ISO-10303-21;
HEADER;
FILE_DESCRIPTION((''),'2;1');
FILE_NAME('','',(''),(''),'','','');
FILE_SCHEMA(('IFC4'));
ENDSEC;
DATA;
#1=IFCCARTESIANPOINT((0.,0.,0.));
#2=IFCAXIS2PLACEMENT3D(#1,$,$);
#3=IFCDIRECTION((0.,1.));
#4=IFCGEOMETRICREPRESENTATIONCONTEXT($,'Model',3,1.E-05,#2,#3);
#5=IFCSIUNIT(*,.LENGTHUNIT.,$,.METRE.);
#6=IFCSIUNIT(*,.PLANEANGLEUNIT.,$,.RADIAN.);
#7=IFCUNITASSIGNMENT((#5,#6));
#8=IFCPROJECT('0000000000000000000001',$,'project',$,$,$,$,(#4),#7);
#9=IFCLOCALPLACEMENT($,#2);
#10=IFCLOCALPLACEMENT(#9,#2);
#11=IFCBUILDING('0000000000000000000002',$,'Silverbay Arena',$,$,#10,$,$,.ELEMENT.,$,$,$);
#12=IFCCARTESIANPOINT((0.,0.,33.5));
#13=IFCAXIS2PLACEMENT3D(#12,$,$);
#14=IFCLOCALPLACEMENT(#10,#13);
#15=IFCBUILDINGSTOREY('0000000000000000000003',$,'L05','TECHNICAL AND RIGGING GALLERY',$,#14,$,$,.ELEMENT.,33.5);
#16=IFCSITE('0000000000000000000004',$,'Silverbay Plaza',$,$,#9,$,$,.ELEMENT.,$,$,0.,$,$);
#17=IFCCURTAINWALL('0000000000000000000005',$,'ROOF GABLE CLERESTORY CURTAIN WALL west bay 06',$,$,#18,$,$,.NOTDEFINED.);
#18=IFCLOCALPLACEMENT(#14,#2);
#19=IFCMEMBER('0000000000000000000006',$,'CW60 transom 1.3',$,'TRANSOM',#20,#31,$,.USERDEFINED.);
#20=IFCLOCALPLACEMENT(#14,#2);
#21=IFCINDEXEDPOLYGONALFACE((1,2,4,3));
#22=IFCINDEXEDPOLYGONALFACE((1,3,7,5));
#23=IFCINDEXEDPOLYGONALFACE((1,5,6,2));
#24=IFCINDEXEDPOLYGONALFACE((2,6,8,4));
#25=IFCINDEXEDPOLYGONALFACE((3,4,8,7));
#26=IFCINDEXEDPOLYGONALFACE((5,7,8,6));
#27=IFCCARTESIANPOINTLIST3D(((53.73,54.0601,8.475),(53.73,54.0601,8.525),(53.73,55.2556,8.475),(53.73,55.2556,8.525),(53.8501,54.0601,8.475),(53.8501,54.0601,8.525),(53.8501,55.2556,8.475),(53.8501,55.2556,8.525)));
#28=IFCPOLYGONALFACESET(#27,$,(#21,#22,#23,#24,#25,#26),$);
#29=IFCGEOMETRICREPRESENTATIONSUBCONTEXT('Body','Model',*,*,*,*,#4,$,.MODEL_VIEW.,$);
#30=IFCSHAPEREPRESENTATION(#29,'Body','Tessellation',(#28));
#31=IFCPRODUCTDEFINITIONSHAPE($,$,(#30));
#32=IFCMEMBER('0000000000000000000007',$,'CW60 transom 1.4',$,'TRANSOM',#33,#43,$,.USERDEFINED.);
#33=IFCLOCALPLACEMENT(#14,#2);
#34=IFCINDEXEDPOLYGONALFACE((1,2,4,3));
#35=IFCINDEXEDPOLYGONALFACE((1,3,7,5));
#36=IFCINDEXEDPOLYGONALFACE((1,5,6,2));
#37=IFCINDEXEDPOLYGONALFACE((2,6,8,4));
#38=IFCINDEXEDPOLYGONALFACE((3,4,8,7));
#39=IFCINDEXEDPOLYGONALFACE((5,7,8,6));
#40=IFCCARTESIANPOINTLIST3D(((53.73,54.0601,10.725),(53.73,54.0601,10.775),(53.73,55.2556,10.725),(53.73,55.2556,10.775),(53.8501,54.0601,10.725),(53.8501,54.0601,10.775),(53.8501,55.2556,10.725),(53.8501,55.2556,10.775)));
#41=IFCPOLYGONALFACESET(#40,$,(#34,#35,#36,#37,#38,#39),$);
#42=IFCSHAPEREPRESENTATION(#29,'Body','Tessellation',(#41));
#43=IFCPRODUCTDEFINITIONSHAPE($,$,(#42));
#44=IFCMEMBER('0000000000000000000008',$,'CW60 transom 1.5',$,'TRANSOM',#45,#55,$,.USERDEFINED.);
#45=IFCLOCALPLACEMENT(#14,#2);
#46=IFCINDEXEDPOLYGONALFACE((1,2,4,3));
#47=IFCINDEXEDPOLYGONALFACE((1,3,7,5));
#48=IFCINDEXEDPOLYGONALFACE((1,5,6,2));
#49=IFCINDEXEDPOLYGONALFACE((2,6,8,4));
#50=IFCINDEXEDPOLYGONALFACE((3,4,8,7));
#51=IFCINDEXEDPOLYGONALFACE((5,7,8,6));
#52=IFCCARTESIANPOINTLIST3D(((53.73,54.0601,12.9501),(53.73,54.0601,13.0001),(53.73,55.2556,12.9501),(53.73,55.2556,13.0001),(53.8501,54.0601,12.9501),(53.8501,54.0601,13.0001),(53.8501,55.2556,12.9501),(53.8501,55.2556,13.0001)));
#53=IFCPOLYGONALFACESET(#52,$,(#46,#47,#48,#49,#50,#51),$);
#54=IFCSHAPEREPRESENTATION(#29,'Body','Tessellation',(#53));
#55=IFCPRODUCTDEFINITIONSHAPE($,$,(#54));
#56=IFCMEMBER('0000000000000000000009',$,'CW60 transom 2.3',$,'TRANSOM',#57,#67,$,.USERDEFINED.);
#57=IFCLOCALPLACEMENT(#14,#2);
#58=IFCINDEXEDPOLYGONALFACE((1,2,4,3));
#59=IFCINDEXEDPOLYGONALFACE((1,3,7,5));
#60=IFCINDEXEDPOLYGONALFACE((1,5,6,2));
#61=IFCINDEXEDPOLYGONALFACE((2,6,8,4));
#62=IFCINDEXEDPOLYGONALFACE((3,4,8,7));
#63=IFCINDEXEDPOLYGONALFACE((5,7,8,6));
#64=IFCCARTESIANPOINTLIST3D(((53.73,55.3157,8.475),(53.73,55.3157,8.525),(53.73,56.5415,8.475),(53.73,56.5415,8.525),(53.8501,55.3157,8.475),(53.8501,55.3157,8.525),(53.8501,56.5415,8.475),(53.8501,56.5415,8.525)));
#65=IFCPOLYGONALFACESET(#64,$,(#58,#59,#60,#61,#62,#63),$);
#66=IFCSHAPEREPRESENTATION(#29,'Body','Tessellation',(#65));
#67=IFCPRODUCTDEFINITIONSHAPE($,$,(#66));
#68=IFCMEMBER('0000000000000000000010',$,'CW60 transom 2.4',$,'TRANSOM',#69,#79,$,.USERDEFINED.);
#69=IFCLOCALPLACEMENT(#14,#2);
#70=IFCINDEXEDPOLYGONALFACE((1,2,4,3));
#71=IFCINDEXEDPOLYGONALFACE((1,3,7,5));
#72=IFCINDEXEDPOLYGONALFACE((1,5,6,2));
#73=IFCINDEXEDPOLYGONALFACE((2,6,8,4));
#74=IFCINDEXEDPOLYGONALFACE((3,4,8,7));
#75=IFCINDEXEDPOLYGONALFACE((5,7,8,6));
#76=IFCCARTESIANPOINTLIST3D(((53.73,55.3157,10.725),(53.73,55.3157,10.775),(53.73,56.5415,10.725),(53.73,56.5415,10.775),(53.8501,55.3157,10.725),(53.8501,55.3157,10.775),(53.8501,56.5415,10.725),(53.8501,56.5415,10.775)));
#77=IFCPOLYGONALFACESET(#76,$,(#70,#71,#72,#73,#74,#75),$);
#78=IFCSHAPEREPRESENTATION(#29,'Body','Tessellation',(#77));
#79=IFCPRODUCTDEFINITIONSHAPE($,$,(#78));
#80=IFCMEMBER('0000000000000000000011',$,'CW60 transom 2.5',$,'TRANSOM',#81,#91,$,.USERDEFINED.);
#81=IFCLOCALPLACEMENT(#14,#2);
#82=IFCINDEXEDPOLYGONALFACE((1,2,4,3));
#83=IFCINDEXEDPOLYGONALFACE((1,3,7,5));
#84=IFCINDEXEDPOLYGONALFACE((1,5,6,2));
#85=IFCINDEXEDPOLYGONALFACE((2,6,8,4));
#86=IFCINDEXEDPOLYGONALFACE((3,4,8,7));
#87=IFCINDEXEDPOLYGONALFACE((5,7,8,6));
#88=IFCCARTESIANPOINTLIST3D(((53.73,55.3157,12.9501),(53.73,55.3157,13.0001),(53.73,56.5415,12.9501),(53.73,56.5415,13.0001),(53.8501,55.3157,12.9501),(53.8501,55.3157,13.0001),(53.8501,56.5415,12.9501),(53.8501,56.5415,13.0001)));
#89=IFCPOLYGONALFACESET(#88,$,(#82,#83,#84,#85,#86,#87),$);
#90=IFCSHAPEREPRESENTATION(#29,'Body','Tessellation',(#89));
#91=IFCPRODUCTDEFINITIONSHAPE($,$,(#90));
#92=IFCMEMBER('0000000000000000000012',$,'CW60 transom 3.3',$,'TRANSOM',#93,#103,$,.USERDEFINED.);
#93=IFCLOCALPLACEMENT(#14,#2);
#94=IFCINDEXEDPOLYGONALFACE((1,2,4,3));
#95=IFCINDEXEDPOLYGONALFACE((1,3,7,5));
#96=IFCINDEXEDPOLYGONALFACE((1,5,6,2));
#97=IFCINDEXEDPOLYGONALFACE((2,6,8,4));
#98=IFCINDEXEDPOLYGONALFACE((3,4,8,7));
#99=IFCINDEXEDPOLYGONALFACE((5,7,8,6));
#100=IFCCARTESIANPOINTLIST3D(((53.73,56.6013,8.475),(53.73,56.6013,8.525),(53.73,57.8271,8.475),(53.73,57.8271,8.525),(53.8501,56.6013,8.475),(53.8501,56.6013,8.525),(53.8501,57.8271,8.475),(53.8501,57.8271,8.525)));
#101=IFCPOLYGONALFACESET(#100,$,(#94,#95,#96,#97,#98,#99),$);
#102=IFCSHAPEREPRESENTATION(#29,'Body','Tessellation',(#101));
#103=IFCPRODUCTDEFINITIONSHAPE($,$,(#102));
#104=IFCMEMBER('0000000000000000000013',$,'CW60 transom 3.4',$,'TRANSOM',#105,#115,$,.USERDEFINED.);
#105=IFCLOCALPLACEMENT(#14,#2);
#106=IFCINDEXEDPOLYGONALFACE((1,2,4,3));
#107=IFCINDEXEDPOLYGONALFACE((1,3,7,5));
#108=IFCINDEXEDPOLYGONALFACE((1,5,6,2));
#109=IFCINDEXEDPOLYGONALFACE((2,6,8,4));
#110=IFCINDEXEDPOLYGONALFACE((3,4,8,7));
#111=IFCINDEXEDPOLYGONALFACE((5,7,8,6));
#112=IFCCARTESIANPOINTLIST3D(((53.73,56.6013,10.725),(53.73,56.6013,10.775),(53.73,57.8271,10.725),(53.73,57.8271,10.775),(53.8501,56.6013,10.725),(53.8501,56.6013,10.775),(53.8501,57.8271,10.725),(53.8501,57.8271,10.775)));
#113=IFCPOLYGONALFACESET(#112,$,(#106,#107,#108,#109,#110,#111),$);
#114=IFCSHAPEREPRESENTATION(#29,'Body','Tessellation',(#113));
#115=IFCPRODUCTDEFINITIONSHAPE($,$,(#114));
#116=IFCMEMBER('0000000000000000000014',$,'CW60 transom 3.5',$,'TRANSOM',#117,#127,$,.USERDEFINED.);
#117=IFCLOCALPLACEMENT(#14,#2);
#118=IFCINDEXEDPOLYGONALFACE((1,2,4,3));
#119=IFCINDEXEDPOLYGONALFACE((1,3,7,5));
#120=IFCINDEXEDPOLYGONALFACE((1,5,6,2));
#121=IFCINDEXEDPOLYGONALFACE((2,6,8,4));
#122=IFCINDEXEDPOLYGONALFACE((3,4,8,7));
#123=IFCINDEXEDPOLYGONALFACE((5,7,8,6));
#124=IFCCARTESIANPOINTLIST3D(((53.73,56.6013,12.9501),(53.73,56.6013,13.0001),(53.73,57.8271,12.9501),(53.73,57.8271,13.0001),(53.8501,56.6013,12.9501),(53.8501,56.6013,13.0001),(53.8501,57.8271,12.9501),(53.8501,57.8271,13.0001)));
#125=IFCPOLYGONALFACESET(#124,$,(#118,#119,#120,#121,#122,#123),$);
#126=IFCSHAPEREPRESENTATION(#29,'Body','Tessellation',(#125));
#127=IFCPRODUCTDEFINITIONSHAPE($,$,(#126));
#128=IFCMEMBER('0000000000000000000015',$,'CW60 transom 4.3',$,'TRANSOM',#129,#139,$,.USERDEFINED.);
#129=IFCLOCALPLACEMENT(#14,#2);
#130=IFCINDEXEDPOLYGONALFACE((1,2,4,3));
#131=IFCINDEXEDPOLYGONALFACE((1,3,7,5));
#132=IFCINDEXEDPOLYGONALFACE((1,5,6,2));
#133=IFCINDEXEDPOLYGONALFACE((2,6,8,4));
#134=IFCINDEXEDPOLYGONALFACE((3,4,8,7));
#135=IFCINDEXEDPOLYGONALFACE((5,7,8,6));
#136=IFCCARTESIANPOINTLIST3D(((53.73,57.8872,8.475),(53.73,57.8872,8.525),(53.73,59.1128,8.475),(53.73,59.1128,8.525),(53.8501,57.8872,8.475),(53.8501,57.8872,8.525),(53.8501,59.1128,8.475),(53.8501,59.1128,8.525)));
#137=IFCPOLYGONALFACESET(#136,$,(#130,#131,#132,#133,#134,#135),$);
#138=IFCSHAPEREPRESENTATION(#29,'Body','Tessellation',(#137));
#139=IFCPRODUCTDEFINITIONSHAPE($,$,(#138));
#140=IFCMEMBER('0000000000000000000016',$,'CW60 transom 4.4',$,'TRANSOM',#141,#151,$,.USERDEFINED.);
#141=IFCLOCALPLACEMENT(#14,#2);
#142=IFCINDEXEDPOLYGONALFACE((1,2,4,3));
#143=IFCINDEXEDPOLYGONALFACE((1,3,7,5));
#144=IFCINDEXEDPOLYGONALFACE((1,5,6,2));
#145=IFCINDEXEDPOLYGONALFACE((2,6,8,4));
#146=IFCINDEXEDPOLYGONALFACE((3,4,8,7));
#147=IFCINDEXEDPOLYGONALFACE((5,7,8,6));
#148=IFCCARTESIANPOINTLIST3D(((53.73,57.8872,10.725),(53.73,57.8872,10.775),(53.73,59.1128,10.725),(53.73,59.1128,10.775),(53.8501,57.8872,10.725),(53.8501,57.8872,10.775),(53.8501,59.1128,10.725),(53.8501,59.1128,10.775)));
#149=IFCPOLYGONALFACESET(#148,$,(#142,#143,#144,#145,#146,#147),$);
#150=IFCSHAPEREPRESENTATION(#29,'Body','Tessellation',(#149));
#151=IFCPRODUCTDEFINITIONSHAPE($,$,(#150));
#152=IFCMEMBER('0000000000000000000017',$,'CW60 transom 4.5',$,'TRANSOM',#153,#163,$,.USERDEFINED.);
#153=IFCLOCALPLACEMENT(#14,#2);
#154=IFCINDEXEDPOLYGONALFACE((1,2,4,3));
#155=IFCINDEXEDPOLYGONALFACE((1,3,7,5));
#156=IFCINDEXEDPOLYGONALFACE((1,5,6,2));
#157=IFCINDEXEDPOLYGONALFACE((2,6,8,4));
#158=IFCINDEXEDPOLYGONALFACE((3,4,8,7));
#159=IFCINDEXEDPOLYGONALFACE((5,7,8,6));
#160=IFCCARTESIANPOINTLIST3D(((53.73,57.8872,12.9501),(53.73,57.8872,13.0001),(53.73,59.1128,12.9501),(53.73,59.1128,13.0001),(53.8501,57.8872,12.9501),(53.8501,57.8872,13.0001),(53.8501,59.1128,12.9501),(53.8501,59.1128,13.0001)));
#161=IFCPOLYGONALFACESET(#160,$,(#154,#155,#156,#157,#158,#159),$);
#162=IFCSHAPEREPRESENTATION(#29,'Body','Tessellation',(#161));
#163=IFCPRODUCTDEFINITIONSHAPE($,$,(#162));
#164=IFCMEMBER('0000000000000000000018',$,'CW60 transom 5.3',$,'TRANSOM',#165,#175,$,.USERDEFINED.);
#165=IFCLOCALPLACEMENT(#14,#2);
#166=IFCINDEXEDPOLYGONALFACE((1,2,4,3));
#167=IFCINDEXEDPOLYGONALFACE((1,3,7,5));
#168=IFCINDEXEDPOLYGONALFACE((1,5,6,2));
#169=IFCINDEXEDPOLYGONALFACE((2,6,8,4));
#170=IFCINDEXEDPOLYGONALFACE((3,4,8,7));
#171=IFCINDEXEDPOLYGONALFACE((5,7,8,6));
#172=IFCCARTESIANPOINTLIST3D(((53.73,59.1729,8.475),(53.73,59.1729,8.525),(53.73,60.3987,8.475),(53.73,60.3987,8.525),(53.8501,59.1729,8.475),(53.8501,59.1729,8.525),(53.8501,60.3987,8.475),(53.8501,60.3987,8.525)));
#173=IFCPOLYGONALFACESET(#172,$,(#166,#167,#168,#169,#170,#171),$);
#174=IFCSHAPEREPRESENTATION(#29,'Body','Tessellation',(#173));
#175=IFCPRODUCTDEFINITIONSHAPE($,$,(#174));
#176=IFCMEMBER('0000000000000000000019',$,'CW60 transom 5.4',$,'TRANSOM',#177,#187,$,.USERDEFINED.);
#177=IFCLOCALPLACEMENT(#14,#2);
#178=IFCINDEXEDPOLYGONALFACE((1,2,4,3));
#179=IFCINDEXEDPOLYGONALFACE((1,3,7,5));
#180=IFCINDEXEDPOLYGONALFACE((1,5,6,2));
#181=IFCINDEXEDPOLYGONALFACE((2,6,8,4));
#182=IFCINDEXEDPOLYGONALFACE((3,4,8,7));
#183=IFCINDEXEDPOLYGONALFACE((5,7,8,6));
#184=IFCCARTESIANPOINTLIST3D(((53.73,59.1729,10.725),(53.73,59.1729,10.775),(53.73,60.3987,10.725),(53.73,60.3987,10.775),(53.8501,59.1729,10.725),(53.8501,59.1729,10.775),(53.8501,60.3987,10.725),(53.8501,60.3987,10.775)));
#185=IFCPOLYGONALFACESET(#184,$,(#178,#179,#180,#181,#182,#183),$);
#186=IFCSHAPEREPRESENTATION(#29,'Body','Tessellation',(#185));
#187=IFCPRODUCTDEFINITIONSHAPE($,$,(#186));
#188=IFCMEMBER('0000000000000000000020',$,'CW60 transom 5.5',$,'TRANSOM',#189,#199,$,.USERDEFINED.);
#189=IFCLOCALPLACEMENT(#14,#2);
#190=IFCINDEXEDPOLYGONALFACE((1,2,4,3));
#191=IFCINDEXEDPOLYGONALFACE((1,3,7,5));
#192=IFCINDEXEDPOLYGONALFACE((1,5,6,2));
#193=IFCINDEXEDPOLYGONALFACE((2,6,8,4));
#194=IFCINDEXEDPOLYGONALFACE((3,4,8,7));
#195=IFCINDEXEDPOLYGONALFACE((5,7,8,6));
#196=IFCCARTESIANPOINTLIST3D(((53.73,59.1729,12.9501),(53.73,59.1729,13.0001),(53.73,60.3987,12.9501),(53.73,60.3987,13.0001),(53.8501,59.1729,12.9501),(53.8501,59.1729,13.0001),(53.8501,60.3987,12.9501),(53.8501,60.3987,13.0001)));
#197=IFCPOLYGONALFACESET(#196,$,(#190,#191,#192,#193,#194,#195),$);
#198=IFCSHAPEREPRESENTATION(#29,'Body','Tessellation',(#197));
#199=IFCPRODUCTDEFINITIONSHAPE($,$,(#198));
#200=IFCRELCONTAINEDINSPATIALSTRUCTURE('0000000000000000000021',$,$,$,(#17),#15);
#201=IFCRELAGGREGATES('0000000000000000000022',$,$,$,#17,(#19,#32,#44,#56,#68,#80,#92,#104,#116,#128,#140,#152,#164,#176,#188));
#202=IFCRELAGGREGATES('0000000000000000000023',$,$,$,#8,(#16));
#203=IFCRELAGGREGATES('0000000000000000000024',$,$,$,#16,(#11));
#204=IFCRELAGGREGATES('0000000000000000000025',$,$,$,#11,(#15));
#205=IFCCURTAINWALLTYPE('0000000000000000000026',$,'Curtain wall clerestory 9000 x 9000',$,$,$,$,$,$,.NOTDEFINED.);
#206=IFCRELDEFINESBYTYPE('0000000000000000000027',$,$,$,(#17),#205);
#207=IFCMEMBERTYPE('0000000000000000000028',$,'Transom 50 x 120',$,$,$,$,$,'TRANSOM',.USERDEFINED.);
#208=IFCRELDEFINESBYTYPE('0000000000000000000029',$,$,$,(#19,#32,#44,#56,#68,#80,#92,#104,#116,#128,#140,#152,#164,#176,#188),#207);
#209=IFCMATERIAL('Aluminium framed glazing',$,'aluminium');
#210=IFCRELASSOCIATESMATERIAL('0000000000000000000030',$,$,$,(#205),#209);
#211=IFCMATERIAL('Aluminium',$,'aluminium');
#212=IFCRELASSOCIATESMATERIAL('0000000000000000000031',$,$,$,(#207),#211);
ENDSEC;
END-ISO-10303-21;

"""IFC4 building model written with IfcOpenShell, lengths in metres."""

from ifc_helpers import new_model, si_unit, direction, frame, origin, origin_2d, place, context, subcontext, project, spatial, rectangle, extrude, material, material_profile, profile_set, type_object, element, aggregate, save


model = new_model("IFC4")

# Units and contexts
model_context = context("Model", 3, precision=1e-05, world=origin(), true_north=direction((0.0, 1.0)))
body_context = subcontext(model_context, "Body", "Model", "MODEL_VIEW")
ifc_project = project(units=[si_unit("LENGTHUNIT", "METRE"), si_unit("PLANEANGLEUNIT", "RADIAN")], contexts=[model_context])

# Site, building, storey
site_placement = place(None, origin())
site = spatial("IfcSite", under=ifc_project, at=site_placement, Name="Silverbay Plaza", CompositionType="ELEMENT", RefElevation=0.0)
building_placement = place(site_placement, origin())
building = spatial("IfcBuilding", under=site, at=building_placement, Name="Silverbay Arena", CompositionType="ELEMENT")
storey_placement = place(building_placement, frame((0.0, 0.0, 33.5)))
storey = spatial("IfcBuildingStorey", under=building, at=storey_placement, Name="L05", Description="TECHNICAL AND RIGGING GALLERY", CompositionType="ELEMENT", Elevation=33.5)

# Curtain wall, members
ifc_material_1 = material(Name="Aluminium framed glazing", Category="aluminium")
curtain_wall_type = type_object("IfcCurtainWallType", Name="Curtain wall clerestory 9000 x 9000", PredefinedType="NOTDEFINED", material=ifc_material_1)
ifc_material_2 = material(Name="Aluminium", Category="aluminium")
ifc_material_profile_1 = material_profile(ifc_material_2, rectangle(XDim=0.1201, YDim=0.05, at=origin_2d()), Name="Transom 50 x 120")
ifc_profile_set_1 = profile_set([ifc_material_profile_1], Name="Aluminium")
member_type_1 = type_object("IfcMemberType", Name="Transom 50 x 120", ElementType="TRANSOM", PredefinedType="USERDEFINED", material=ifc_profile_set_1)
curtain_wall_1_placement = place(storey_placement, origin())
curtain_wall_1 = element("IfcCurtainWall", 1, at=curtain_wall_1_placement, inside=storey, type_object=curtain_wall_type, Name="ROOF GABLE CLERESTORY CURTAIN WALL west bay 06", PredefinedType="NOTDEFINED")
member_1_placement = place(storey_placement, frame((53.79, 54.0601, 8.5), z_axis=(0.0, 1.0, 0.0), x_axis=(-1.0, 0.0, 0.0)))
member_1 = element("IfcMember", 2, at=member_1_placement, type_object=member_type_1, Name="CW60 transom 1.3", ObjectType="TRANSOM", PredefinedType="USERDEFINED", context=body_context, shape_type="SweptSolid", body=[
    extrude(rectangle(XDim=0.1201, YDim=0.05, at=origin_2d()), origin(), (0.0, 0.0, 1.0), 1.1956),
])
member_2_placement = place(storey_placement, frame((53.79, 54.0601, 10.75), z_axis=(0.0, 1.0, 0.0), x_axis=(-1.0, 0.0, 0.0)))
member_2 = element("IfcMember", 3, at=member_2_placement, type_object=member_type_1, Name="CW60 transom 1.4", ObjectType="TRANSOM", PredefinedType="USERDEFINED", context=body_context, shape_type="SweptSolid", body=[
    extrude(rectangle(XDim=0.1201, YDim=0.05, at=origin_2d()), origin(), (0.0, 0.0, 1.0), 1.1956),
])
member_3_placement = place(storey_placement, frame((53.79, 54.0601, 12.9751), z_axis=(0.0, 1.0, 0.0), x_axis=(-1.0, 0.0, 0.0)))
member_3 = element("IfcMember", 4, at=member_3_placement, type_object=member_type_1, Name="CW60 transom 1.5", ObjectType="TRANSOM", PredefinedType="USERDEFINED", context=body_context, shape_type="SweptSolid", body=[
    extrude(rectangle(XDim=0.1201, YDim=0.05, at=origin_2d()), origin(), (0.0, 0.0, 1.0), 1.1956),
])
member_4_placement = place(storey_placement, frame((53.79, 55.3157, 8.5), z_axis=(0.0, 1.0, 0.0), x_axis=(-1.0, 0.0, 0.0)))
member_4 = element("IfcMember", 5, at=member_4_placement, type_object=member_type_1, Name="CW60 transom 2.3", ObjectType="TRANSOM", PredefinedType="USERDEFINED", context=body_context, shape_type="SweptSolid", body=[
    extrude(rectangle(XDim=0.1201, YDim=0.05, at=origin_2d()), origin(), (0.0, 0.0, 1.0), 1.2258),
])
member_5_placement = place(storey_placement, frame((53.79, 55.3157, 10.75), z_axis=(0.0, 1.0, 0.0), x_axis=(-1.0, 0.0, 0.0)))
member_5 = element("IfcMember", 6, at=member_5_placement, type_object=member_type_1, Name="CW60 transom 2.4", ObjectType="TRANSOM", PredefinedType="USERDEFINED", context=body_context, shape_type="SweptSolid", body=[
    extrude(rectangle(XDim=0.1201, YDim=0.05, at=origin_2d()), origin(), (0.0, 0.0, 1.0), 1.2258),
])
member_6_placement = place(storey_placement, frame((53.79, 55.3157, 12.9751), z_axis=(0.0, 1.0, 0.0), x_axis=(-1.0, 0.0, 0.0)))
member_6 = element("IfcMember", 7, at=member_6_placement, type_object=member_type_1, Name="CW60 transom 2.5", ObjectType="TRANSOM", PredefinedType="USERDEFINED", context=body_context, shape_type="SweptSolid", body=[
    extrude(rectangle(XDim=0.1201, YDim=0.05, at=origin_2d()), origin(), (0.0, 0.0, 1.0), 1.2258),
])
member_7_placement = place(storey_placement, frame((53.79, 56.6013, 8.5), z_axis=(0.0, 1.0, 0.0), x_axis=(-1.0, 0.0, 0.0)))
member_7 = element("IfcMember", 8, at=member_7_placement, type_object=member_type_1, Name="CW60 transom 3.3", ObjectType="TRANSOM", PredefinedType="USERDEFINED", context=body_context, shape_type="SweptSolid", body=[
    extrude(rectangle(XDim=0.1201, YDim=0.05, at=origin_2d()), origin(), (0.0, 0.0, 1.0), 1.2258),
])
member_8_placement = place(storey_placement, frame((53.79, 56.6013, 10.75), z_axis=(0.0, 1.0, 0.0), x_axis=(-1.0, 0.0, 0.0)))
member_8 = element("IfcMember", 9, at=member_8_placement, type_object=member_type_1, Name="CW60 transom 3.4", ObjectType="TRANSOM", PredefinedType="USERDEFINED", context=body_context, shape_type="SweptSolid", body=[
    extrude(rectangle(XDim=0.1201, YDim=0.05, at=origin_2d()), origin(), (0.0, 0.0, 1.0), 1.2258),
])
member_9_placement = place(storey_placement, frame((53.79, 56.6013, 12.9751), z_axis=(0.0, 1.0, 0.0), x_axis=(-1.0, 0.0, 0.0)))
member_9 = element("IfcMember", 10, at=member_9_placement, type_object=member_type_1, Name="CW60 transom 3.5", ObjectType="TRANSOM", PredefinedType="USERDEFINED", context=body_context, shape_type="SweptSolid", body=[
    extrude(rectangle(XDim=0.1201, YDim=0.05, at=origin_2d()), origin(), (0.0, 0.0, 1.0), 1.2258),
])
member_10_placement = place(storey_placement, frame((53.79, 57.8872, 8.5), z_axis=(0.0, 1.0, 0.0), x_axis=(-1.0, 0.0, 0.0)))
member_10 = element("IfcMember", 11, at=member_10_placement, type_object=member_type_1, Name="CW60 transom 4.3", ObjectType="TRANSOM", PredefinedType="USERDEFINED", context=body_context, shape_type="SweptSolid", body=[
    extrude(rectangle(XDim=0.1201, YDim=0.05, at=origin_2d()), origin(), (0.0, 0.0, 1.0), 1.2256),
])
member_11_placement = place(storey_placement, frame((53.79, 57.8872, 10.75), z_axis=(0.0, 1.0, 0.0), x_axis=(-1.0, 0.0, 0.0)))
member_11 = element("IfcMember", 12, at=member_11_placement, type_object=member_type_1, Name="CW60 transom 4.4", ObjectType="TRANSOM", PredefinedType="USERDEFINED", context=body_context, shape_type="SweptSolid", body=[
    extrude(rectangle(XDim=0.1201, YDim=0.05, at=origin_2d()), origin(), (0.0, 0.0, 1.0), 1.2256),
])
member_12_placement = place(storey_placement, frame((53.79, 57.8872, 12.9751), z_axis=(0.0, 1.0, 0.0), x_axis=(-1.0, 0.0, 0.0)))
member_12 = element("IfcMember", 13, at=member_12_placement, type_object=member_type_1, Name="CW60 transom 4.5", ObjectType="TRANSOM", PredefinedType="USERDEFINED", context=body_context, shape_type="SweptSolid", body=[
    extrude(rectangle(XDim=0.1201, YDim=0.05, at=origin_2d()), origin(), (0.0, 0.0, 1.0), 1.2256),
])
member_13_placement = place(storey_placement, frame((53.79, 59.1729, 8.5), z_axis=(0.0, 1.0, 0.0), x_axis=(-1.0, 0.0, 0.0)))
member_13 = element("IfcMember", 14, at=member_13_placement, type_object=member_type_1, Name="CW60 transom 5.3", ObjectType="TRANSOM", PredefinedType="USERDEFINED", context=body_context, shape_type="SweptSolid", body=[
    extrude(rectangle(XDim=0.1201, YDim=0.05, at=origin_2d()), origin(), (0.0, 0.0, 1.0), 1.2258),
])
member_14_placement = place(storey_placement, frame((53.79, 59.1729, 10.75), z_axis=(0.0, 1.0, 0.0), x_axis=(-1.0, 0.0, 0.0)))
member_14 = element("IfcMember", 15, at=member_14_placement, type_object=member_type_1, Name="CW60 transom 5.4", ObjectType="TRANSOM", PredefinedType="USERDEFINED", context=body_context, shape_type="SweptSolid", body=[
    extrude(rectangle(XDim=0.1201, YDim=0.05, at=origin_2d()), origin(), (0.0, 0.0, 1.0), 1.2258),
])
member_15_placement = place(storey_placement, frame((53.79, 59.1729, 12.9751), z_axis=(0.0, 1.0, 0.0), x_axis=(-1.0, 0.0, 0.0)))
member_15 = element("IfcMember", 16, at=member_15_placement, type_object=member_type_1, Name="CW60 transom 5.5", ObjectType="TRANSOM", PredefinedType="USERDEFINED", context=body_context, shape_type="SweptSolid", body=[
    extrude(rectangle(XDim=0.1201, YDim=0.05, at=origin_2d()), origin(), (0.0, 0.0, 1.0), 1.2258),
])
aggregate(curtain_wall_1, [member_1, member_2, member_3, member_4, member_5, member_6, member_7, member_8, member_9, member_10, member_11, member_12, member_13, member_14, member_15])

save(model, "model.ifc")
